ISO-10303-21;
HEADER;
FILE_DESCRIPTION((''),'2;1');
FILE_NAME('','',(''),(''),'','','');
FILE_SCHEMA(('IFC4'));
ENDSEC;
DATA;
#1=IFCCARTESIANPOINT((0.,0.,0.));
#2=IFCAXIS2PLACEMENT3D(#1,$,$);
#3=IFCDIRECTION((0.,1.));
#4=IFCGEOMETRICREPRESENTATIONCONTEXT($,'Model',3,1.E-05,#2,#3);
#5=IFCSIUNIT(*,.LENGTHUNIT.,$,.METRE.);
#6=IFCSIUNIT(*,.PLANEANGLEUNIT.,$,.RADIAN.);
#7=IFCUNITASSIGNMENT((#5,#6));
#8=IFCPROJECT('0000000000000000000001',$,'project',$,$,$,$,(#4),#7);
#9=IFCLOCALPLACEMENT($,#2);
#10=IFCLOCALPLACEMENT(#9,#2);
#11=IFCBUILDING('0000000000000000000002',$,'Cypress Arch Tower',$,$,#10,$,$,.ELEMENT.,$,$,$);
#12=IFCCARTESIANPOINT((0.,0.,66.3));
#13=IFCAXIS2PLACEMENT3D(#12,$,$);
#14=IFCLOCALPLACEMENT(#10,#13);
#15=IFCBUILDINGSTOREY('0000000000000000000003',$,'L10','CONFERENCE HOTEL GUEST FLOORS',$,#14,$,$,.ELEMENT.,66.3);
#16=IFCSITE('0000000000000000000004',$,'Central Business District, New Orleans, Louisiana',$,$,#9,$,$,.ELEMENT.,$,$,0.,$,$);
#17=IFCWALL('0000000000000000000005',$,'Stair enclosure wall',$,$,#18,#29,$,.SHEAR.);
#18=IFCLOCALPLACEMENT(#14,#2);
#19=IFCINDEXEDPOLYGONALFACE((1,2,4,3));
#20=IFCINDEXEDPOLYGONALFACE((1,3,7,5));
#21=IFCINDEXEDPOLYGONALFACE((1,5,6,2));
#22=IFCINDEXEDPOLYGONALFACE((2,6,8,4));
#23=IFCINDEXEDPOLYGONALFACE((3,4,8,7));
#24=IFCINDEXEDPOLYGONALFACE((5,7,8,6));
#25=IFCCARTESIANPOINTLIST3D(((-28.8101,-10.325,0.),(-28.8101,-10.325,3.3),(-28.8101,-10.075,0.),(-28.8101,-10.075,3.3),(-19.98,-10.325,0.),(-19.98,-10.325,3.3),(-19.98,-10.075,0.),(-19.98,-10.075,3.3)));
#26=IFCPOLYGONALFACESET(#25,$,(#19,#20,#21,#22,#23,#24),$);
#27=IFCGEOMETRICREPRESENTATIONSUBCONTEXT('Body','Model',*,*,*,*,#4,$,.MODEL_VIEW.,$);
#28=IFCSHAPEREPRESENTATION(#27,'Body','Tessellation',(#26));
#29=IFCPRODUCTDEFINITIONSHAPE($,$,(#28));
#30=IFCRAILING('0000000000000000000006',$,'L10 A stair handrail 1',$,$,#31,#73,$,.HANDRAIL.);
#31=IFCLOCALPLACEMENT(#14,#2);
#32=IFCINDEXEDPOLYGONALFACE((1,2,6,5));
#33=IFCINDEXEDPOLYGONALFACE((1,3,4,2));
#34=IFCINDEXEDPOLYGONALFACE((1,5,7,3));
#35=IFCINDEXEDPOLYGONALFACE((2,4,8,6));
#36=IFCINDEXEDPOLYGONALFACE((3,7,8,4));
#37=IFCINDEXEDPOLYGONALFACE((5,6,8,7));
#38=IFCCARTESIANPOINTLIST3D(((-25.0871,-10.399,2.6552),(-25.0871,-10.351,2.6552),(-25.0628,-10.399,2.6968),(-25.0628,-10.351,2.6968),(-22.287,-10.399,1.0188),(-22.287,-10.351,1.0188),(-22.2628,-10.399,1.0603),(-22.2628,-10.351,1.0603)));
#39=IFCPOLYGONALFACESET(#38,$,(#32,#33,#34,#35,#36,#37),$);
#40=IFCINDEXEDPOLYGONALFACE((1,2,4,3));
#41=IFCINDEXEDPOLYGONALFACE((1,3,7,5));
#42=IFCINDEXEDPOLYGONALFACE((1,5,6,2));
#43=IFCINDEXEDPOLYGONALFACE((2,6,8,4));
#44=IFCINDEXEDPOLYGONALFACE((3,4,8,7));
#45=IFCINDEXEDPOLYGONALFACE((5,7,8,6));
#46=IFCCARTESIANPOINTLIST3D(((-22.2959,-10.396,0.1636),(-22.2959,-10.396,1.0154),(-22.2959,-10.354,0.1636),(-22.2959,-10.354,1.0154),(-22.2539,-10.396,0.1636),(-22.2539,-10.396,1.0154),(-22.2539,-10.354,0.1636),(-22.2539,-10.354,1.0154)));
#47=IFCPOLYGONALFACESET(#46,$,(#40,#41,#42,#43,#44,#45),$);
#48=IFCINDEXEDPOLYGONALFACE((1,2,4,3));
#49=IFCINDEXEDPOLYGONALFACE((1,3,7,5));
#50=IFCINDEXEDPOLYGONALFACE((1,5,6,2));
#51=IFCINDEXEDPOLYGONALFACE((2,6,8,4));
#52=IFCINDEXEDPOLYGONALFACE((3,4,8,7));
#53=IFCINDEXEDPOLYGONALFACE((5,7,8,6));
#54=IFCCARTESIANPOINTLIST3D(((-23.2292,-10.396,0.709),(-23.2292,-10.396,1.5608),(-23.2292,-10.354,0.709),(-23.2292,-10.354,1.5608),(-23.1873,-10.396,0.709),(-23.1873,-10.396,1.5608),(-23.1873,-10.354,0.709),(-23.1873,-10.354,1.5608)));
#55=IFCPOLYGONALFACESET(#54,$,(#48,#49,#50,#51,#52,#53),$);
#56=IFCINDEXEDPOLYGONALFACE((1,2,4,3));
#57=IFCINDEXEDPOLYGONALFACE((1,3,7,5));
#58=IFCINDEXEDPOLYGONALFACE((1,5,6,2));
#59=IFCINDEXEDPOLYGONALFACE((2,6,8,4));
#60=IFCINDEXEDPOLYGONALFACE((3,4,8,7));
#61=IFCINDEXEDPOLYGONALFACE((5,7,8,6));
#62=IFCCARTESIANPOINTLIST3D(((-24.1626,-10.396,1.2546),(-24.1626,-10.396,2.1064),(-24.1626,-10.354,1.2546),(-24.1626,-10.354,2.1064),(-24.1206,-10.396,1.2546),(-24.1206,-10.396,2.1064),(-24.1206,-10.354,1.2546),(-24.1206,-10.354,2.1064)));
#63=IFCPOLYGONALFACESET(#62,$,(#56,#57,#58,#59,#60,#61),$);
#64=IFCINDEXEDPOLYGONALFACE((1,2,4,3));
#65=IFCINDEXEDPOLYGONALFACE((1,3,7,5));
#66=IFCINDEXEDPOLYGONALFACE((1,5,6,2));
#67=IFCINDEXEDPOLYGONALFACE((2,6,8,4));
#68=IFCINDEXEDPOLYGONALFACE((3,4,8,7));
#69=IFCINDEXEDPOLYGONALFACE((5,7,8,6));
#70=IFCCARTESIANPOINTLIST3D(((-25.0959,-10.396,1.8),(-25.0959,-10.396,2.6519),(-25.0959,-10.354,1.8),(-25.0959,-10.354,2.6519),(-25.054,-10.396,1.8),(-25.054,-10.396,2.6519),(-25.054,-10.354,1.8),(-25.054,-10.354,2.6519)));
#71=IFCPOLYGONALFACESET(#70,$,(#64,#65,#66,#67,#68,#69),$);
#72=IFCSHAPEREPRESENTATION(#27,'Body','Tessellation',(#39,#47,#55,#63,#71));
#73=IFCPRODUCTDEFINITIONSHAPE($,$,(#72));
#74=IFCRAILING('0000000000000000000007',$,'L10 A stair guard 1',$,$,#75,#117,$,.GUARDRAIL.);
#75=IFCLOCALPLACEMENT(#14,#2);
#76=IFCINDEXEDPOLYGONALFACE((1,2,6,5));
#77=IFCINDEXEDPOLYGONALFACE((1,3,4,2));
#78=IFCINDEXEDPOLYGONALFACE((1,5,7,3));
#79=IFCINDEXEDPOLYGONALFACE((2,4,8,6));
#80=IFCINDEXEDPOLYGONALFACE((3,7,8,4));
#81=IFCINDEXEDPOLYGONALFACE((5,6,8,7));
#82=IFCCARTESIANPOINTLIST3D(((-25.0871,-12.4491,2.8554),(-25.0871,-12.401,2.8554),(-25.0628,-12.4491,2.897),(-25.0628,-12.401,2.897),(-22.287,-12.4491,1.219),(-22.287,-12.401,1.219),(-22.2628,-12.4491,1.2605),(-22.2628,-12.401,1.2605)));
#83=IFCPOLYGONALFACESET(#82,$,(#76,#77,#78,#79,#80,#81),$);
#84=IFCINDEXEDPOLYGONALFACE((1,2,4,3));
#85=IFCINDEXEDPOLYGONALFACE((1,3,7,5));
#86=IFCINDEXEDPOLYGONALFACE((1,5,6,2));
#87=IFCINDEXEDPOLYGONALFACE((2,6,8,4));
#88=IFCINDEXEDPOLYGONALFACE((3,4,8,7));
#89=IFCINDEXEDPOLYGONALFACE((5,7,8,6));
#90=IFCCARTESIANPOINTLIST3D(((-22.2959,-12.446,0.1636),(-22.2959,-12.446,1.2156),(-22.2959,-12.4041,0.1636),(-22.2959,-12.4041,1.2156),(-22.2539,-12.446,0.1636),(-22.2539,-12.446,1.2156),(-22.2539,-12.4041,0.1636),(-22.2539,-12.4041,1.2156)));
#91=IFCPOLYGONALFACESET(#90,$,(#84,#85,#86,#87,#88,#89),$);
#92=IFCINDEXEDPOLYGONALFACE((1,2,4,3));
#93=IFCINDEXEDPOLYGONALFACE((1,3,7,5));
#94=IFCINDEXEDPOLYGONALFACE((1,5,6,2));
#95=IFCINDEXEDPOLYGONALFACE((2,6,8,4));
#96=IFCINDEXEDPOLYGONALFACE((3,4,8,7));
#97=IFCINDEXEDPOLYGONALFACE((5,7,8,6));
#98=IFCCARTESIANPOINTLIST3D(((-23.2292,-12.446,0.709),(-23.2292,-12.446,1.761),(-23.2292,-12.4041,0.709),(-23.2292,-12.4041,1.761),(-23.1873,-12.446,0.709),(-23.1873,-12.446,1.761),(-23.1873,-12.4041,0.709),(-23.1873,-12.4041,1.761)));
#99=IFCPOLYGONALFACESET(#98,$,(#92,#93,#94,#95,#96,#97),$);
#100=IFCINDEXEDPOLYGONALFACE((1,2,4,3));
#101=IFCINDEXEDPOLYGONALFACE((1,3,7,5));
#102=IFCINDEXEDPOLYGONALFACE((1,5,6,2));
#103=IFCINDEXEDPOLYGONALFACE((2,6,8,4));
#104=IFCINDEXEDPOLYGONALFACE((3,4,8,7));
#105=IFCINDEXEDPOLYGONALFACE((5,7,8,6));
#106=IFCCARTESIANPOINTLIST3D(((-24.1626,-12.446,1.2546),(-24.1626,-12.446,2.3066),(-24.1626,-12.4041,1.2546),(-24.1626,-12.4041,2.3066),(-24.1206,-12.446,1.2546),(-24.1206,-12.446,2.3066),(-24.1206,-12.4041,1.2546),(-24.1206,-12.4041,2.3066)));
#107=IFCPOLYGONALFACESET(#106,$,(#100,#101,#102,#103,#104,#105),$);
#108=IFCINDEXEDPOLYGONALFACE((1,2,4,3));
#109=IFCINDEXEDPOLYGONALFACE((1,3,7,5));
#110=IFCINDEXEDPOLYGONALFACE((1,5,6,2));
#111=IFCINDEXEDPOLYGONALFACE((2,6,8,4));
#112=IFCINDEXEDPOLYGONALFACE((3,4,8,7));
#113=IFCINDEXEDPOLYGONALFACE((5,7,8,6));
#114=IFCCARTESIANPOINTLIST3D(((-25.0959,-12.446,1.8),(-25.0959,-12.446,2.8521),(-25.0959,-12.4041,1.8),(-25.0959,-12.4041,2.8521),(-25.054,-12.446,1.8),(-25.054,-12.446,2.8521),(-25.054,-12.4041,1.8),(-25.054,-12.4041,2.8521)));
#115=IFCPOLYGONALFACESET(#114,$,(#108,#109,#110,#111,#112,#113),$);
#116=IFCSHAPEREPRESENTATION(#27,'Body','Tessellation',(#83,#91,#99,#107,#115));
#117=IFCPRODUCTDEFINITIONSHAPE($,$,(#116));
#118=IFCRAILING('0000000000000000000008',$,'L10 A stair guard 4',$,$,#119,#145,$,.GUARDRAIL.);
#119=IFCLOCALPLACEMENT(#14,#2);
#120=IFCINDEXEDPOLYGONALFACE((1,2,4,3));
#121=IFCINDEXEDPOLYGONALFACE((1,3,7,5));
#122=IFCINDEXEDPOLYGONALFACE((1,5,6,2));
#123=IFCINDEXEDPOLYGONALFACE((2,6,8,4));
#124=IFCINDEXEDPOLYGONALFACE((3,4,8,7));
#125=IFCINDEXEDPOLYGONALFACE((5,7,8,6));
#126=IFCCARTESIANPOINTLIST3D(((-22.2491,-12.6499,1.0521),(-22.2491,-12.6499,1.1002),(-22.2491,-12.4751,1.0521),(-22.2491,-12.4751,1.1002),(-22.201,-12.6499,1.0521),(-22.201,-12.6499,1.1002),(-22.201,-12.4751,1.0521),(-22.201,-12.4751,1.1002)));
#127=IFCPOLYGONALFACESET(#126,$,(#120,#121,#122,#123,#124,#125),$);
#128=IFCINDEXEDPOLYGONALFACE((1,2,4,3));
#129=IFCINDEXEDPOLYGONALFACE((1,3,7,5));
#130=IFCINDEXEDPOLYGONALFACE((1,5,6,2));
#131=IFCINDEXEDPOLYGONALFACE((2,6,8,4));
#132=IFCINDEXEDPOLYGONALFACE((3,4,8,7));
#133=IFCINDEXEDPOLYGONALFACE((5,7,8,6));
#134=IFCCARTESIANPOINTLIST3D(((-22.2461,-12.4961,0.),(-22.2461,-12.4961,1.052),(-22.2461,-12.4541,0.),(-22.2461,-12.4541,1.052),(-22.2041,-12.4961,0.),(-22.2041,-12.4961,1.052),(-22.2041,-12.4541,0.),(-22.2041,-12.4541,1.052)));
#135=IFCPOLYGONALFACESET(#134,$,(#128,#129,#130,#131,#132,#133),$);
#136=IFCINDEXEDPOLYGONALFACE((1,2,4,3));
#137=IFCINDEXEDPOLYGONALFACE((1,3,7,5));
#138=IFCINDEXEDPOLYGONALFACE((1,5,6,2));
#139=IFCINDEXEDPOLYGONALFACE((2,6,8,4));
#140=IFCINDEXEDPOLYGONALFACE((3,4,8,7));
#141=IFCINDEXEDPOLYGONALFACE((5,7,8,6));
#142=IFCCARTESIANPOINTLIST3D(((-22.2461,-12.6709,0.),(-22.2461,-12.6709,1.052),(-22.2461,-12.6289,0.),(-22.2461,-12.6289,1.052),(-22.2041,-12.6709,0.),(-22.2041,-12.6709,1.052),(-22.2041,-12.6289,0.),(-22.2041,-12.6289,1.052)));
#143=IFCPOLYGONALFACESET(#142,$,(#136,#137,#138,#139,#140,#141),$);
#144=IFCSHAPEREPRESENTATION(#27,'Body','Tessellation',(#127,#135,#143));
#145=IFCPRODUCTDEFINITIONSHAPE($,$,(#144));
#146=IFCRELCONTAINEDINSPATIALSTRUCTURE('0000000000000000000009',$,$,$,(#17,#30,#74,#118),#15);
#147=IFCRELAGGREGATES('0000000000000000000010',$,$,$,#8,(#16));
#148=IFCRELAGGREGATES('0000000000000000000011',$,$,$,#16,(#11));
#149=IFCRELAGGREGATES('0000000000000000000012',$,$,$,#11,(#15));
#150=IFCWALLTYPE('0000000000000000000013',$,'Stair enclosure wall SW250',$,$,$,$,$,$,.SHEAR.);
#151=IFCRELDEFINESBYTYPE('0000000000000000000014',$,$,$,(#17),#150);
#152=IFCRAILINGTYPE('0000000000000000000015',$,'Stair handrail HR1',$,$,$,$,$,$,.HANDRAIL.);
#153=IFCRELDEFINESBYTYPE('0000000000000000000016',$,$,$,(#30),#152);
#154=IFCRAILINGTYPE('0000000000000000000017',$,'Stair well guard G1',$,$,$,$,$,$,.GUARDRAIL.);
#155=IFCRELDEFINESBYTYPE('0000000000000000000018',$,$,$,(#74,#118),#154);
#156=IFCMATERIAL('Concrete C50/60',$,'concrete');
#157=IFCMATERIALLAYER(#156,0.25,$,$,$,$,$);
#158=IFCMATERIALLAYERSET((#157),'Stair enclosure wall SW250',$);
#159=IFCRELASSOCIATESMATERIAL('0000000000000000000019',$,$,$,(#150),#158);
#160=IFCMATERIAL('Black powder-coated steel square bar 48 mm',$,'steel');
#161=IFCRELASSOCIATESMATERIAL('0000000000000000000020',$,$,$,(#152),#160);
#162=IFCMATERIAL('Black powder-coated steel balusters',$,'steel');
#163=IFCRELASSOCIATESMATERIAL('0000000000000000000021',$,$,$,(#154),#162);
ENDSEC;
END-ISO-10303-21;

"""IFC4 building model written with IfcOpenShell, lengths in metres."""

from ifc_helpers import new_model, si_unit, direction, frame, frame_2d, origin, origin_2d, place, context, subcontext, project, spatial, rectangle, extrude, material, layer, layer_set, type_object, element, save


model = new_model("IFC4")

# Units and contexts
model_context = context("Model", 3, precision=1e-05, world=origin(), true_north=direction((0.0, 1.0)))
body_context = subcontext(model_context, "Body", "Model", "MODEL_VIEW")
ifc_project = project(units=[si_unit("LENGTHUNIT", "METRE"), si_unit("PLANEANGLEUNIT", "RADIAN")], contexts=[model_context])

# Site, building, storey
site_placement = place(None, origin())
site = spatial("IfcSite", under=ifc_project, at=site_placement, Name="Central Business District, New Orleans, Louisiana", CompositionType="ELEMENT", RefElevation=0.0)
building_placement = place(site_placement, origin())
building = spatial("IfcBuilding", under=site, at=building_placement, Name="Cypress Arch Tower", CompositionType="ELEMENT")
storey_placement = place(building_placement, frame((0.0, 0.0, 66.3)))
storey = spatial("IfcBuildingStorey", under=building, at=storey_placement, Name="L10", Description="CONFERENCE HOTEL GUEST FLOORS", CompositionType="ELEMENT", Elevation=66.3)

# Wall
ifc_material_1 = material(Name="Concrete C50/60", Category="concrete")
ifc_layer_1 = layer(ifc_material_1, 0.25)
ifc_layer_set_1 = layer_set([ifc_layer_1], Name="Stair enclosure wall SW250")
wall_type_1 = type_object("IfcWallType", Name="Stair enclosure wall SW250", PredefinedType="SHEAR", material=ifc_layer_set_1)
wall_1_placement = place(storey_placement, frame((-28.8101, -10.2, 0.0), z_axis=(0.0, 0.0, 1.0), x_axis=(1.0, 0.0, 0.0)))
element("IfcWall", 1, at=wall_1_placement, inside=storey, type_object=wall_type_1, Name="Stair enclosure wall", PredefinedType="SHEAR", context=body_context, shape_type="SweptSolid", body=[
    extrude(rectangle(XDim=8.8301, YDim=0.25, at=frame_2d((4.415, 0.0))), origin(), (0.0, 0.0, 1.0), 3.3),
])

# Railings
ifc_material_2 = material(Name="Black powder-coated steel square bar 48 mm", Category="steel")
railing_type_1 = type_object("IfcRailingType", Name="Stair handrail HR1", PredefinedType="HANDRAIL", material=ifc_material_2)
railing_1_placement = place(storey_placement, frame((-22.2749, -10.375, 0.1636)))
element("IfcRailing", 2, at=railing_1_placement, inside=storey, type_object=railing_type_1, Name="L10 A stair handrail 1", PredefinedType="HANDRAIL", context=body_context, shape_type="SweptSolid", body=[
    extrude(rectangle(XDim=0.0481, YDim=0.0481, at=origin_2d()), frame((0.0, 0.0, 0.876), z_axis=(-0.863361, 0.0, 0.504587), x_axis=(0.0, -1.0, 0.0)), (0.0, 0.0, 1.0), 3.2432),
    extrude(rectangle(XDim=0.042, YDim=0.042, at=origin_2d()), origin(), (0.0, 0.0, 1.0), 0.8518),
    extrude(rectangle(XDim=0.042, YDim=0.042, at=origin_2d()), frame((-0.9333, 0.0, 0.5454)), (0.0, 0.0, 1.0), 0.8518),
    extrude(rectangle(XDim=0.042, YDim=0.042, at=origin_2d()), frame((-1.8667, 0.0, 1.0911)), (0.0, 0.0, 1.0), 0.8518),
    extrude(rectangle(XDim=0.042, YDim=0.042, at=origin_2d()), frame((-2.8, 0.0, 1.6365)), (0.0, 0.0, 1.0), 0.8518),
])
ifc_material_3 = material(Name="Black powder-coated steel balusters", Category="steel")
railing_type_2 = type_object("IfcRailingType", Name="Stair well guard G1", PredefinedType="GUARDRAIL", material=ifc_material_3)
railing_2_placement = place(storey_placement, frame((-22.2749, -12.425, 0.1636)))
element("IfcRailing", 3, at=railing_2_placement, inside=storey, type_object=railing_type_2, Name="L10 A stair guard 1", PredefinedType="GUARDRAIL", context=body_context, shape_type="SweptSolid", body=[
    extrude(rectangle(XDim=0.0481, YDim=0.0481, at=origin_2d()), frame((0.0, 0.0, 1.0762), z_axis=(-0.863361, 0.0, 0.504587), x_axis=(0.0, -1.0, 0.0)), (0.0, 0.0, 1.0), 3.2432),
    extrude(rectangle(XDim=0.042, YDim=0.042, at=origin_2d()), origin(), (0.0, 0.0, 1.0), 1.052),
    extrude(rectangle(XDim=0.042, YDim=0.042, at=origin_2d()), frame((-0.9333, 0.0, 0.5454)), (0.0, 0.0, 1.0), 1.052),
    extrude(rectangle(XDim=0.042, YDim=0.042, at=origin_2d()), frame((-1.8667, 0.0, 1.0911)), (0.0, 0.0, 1.0), 1.052),
    extrude(rectangle(XDim=0.042, YDim=0.042, at=origin_2d()), frame((-2.8, 0.0, 1.6365)), (0.0, 0.0, 1.0), 1.052),
])
railing_3_placement = place(storey_placement, frame((-22.2251, -12.4751, 0.0)))
element("IfcRailing", 4, at=railing_3_placement, inside=storey, type_object=railing_type_2, Name="L10 A stair guard 4", PredefinedType="GUARDRAIL", context=body_context, shape_type="SweptSolid", body=[
    extrude(rectangle(XDim=0.0481, YDim=0.0481, at=origin_2d()), frame((0.0, 0.0, 1.0762), z_axis=(0.0, -1.0, 0.0), x_axis=(1.0, 0.0, 0.0)), (0.0, 0.0, 1.0), 0.1748),
    extrude(rectangle(XDim=0.042, YDim=0.042, at=origin_2d()), origin(), (0.0, 0.0, 1.0), 1.052),
    extrude(rectangle(XDim=0.042, YDim=0.042, at=origin_2d()), frame((0.0, -0.1748, 0.0)), (0.0, 0.0, 1.0), 1.052),
])

save(model, "model.ifc")
